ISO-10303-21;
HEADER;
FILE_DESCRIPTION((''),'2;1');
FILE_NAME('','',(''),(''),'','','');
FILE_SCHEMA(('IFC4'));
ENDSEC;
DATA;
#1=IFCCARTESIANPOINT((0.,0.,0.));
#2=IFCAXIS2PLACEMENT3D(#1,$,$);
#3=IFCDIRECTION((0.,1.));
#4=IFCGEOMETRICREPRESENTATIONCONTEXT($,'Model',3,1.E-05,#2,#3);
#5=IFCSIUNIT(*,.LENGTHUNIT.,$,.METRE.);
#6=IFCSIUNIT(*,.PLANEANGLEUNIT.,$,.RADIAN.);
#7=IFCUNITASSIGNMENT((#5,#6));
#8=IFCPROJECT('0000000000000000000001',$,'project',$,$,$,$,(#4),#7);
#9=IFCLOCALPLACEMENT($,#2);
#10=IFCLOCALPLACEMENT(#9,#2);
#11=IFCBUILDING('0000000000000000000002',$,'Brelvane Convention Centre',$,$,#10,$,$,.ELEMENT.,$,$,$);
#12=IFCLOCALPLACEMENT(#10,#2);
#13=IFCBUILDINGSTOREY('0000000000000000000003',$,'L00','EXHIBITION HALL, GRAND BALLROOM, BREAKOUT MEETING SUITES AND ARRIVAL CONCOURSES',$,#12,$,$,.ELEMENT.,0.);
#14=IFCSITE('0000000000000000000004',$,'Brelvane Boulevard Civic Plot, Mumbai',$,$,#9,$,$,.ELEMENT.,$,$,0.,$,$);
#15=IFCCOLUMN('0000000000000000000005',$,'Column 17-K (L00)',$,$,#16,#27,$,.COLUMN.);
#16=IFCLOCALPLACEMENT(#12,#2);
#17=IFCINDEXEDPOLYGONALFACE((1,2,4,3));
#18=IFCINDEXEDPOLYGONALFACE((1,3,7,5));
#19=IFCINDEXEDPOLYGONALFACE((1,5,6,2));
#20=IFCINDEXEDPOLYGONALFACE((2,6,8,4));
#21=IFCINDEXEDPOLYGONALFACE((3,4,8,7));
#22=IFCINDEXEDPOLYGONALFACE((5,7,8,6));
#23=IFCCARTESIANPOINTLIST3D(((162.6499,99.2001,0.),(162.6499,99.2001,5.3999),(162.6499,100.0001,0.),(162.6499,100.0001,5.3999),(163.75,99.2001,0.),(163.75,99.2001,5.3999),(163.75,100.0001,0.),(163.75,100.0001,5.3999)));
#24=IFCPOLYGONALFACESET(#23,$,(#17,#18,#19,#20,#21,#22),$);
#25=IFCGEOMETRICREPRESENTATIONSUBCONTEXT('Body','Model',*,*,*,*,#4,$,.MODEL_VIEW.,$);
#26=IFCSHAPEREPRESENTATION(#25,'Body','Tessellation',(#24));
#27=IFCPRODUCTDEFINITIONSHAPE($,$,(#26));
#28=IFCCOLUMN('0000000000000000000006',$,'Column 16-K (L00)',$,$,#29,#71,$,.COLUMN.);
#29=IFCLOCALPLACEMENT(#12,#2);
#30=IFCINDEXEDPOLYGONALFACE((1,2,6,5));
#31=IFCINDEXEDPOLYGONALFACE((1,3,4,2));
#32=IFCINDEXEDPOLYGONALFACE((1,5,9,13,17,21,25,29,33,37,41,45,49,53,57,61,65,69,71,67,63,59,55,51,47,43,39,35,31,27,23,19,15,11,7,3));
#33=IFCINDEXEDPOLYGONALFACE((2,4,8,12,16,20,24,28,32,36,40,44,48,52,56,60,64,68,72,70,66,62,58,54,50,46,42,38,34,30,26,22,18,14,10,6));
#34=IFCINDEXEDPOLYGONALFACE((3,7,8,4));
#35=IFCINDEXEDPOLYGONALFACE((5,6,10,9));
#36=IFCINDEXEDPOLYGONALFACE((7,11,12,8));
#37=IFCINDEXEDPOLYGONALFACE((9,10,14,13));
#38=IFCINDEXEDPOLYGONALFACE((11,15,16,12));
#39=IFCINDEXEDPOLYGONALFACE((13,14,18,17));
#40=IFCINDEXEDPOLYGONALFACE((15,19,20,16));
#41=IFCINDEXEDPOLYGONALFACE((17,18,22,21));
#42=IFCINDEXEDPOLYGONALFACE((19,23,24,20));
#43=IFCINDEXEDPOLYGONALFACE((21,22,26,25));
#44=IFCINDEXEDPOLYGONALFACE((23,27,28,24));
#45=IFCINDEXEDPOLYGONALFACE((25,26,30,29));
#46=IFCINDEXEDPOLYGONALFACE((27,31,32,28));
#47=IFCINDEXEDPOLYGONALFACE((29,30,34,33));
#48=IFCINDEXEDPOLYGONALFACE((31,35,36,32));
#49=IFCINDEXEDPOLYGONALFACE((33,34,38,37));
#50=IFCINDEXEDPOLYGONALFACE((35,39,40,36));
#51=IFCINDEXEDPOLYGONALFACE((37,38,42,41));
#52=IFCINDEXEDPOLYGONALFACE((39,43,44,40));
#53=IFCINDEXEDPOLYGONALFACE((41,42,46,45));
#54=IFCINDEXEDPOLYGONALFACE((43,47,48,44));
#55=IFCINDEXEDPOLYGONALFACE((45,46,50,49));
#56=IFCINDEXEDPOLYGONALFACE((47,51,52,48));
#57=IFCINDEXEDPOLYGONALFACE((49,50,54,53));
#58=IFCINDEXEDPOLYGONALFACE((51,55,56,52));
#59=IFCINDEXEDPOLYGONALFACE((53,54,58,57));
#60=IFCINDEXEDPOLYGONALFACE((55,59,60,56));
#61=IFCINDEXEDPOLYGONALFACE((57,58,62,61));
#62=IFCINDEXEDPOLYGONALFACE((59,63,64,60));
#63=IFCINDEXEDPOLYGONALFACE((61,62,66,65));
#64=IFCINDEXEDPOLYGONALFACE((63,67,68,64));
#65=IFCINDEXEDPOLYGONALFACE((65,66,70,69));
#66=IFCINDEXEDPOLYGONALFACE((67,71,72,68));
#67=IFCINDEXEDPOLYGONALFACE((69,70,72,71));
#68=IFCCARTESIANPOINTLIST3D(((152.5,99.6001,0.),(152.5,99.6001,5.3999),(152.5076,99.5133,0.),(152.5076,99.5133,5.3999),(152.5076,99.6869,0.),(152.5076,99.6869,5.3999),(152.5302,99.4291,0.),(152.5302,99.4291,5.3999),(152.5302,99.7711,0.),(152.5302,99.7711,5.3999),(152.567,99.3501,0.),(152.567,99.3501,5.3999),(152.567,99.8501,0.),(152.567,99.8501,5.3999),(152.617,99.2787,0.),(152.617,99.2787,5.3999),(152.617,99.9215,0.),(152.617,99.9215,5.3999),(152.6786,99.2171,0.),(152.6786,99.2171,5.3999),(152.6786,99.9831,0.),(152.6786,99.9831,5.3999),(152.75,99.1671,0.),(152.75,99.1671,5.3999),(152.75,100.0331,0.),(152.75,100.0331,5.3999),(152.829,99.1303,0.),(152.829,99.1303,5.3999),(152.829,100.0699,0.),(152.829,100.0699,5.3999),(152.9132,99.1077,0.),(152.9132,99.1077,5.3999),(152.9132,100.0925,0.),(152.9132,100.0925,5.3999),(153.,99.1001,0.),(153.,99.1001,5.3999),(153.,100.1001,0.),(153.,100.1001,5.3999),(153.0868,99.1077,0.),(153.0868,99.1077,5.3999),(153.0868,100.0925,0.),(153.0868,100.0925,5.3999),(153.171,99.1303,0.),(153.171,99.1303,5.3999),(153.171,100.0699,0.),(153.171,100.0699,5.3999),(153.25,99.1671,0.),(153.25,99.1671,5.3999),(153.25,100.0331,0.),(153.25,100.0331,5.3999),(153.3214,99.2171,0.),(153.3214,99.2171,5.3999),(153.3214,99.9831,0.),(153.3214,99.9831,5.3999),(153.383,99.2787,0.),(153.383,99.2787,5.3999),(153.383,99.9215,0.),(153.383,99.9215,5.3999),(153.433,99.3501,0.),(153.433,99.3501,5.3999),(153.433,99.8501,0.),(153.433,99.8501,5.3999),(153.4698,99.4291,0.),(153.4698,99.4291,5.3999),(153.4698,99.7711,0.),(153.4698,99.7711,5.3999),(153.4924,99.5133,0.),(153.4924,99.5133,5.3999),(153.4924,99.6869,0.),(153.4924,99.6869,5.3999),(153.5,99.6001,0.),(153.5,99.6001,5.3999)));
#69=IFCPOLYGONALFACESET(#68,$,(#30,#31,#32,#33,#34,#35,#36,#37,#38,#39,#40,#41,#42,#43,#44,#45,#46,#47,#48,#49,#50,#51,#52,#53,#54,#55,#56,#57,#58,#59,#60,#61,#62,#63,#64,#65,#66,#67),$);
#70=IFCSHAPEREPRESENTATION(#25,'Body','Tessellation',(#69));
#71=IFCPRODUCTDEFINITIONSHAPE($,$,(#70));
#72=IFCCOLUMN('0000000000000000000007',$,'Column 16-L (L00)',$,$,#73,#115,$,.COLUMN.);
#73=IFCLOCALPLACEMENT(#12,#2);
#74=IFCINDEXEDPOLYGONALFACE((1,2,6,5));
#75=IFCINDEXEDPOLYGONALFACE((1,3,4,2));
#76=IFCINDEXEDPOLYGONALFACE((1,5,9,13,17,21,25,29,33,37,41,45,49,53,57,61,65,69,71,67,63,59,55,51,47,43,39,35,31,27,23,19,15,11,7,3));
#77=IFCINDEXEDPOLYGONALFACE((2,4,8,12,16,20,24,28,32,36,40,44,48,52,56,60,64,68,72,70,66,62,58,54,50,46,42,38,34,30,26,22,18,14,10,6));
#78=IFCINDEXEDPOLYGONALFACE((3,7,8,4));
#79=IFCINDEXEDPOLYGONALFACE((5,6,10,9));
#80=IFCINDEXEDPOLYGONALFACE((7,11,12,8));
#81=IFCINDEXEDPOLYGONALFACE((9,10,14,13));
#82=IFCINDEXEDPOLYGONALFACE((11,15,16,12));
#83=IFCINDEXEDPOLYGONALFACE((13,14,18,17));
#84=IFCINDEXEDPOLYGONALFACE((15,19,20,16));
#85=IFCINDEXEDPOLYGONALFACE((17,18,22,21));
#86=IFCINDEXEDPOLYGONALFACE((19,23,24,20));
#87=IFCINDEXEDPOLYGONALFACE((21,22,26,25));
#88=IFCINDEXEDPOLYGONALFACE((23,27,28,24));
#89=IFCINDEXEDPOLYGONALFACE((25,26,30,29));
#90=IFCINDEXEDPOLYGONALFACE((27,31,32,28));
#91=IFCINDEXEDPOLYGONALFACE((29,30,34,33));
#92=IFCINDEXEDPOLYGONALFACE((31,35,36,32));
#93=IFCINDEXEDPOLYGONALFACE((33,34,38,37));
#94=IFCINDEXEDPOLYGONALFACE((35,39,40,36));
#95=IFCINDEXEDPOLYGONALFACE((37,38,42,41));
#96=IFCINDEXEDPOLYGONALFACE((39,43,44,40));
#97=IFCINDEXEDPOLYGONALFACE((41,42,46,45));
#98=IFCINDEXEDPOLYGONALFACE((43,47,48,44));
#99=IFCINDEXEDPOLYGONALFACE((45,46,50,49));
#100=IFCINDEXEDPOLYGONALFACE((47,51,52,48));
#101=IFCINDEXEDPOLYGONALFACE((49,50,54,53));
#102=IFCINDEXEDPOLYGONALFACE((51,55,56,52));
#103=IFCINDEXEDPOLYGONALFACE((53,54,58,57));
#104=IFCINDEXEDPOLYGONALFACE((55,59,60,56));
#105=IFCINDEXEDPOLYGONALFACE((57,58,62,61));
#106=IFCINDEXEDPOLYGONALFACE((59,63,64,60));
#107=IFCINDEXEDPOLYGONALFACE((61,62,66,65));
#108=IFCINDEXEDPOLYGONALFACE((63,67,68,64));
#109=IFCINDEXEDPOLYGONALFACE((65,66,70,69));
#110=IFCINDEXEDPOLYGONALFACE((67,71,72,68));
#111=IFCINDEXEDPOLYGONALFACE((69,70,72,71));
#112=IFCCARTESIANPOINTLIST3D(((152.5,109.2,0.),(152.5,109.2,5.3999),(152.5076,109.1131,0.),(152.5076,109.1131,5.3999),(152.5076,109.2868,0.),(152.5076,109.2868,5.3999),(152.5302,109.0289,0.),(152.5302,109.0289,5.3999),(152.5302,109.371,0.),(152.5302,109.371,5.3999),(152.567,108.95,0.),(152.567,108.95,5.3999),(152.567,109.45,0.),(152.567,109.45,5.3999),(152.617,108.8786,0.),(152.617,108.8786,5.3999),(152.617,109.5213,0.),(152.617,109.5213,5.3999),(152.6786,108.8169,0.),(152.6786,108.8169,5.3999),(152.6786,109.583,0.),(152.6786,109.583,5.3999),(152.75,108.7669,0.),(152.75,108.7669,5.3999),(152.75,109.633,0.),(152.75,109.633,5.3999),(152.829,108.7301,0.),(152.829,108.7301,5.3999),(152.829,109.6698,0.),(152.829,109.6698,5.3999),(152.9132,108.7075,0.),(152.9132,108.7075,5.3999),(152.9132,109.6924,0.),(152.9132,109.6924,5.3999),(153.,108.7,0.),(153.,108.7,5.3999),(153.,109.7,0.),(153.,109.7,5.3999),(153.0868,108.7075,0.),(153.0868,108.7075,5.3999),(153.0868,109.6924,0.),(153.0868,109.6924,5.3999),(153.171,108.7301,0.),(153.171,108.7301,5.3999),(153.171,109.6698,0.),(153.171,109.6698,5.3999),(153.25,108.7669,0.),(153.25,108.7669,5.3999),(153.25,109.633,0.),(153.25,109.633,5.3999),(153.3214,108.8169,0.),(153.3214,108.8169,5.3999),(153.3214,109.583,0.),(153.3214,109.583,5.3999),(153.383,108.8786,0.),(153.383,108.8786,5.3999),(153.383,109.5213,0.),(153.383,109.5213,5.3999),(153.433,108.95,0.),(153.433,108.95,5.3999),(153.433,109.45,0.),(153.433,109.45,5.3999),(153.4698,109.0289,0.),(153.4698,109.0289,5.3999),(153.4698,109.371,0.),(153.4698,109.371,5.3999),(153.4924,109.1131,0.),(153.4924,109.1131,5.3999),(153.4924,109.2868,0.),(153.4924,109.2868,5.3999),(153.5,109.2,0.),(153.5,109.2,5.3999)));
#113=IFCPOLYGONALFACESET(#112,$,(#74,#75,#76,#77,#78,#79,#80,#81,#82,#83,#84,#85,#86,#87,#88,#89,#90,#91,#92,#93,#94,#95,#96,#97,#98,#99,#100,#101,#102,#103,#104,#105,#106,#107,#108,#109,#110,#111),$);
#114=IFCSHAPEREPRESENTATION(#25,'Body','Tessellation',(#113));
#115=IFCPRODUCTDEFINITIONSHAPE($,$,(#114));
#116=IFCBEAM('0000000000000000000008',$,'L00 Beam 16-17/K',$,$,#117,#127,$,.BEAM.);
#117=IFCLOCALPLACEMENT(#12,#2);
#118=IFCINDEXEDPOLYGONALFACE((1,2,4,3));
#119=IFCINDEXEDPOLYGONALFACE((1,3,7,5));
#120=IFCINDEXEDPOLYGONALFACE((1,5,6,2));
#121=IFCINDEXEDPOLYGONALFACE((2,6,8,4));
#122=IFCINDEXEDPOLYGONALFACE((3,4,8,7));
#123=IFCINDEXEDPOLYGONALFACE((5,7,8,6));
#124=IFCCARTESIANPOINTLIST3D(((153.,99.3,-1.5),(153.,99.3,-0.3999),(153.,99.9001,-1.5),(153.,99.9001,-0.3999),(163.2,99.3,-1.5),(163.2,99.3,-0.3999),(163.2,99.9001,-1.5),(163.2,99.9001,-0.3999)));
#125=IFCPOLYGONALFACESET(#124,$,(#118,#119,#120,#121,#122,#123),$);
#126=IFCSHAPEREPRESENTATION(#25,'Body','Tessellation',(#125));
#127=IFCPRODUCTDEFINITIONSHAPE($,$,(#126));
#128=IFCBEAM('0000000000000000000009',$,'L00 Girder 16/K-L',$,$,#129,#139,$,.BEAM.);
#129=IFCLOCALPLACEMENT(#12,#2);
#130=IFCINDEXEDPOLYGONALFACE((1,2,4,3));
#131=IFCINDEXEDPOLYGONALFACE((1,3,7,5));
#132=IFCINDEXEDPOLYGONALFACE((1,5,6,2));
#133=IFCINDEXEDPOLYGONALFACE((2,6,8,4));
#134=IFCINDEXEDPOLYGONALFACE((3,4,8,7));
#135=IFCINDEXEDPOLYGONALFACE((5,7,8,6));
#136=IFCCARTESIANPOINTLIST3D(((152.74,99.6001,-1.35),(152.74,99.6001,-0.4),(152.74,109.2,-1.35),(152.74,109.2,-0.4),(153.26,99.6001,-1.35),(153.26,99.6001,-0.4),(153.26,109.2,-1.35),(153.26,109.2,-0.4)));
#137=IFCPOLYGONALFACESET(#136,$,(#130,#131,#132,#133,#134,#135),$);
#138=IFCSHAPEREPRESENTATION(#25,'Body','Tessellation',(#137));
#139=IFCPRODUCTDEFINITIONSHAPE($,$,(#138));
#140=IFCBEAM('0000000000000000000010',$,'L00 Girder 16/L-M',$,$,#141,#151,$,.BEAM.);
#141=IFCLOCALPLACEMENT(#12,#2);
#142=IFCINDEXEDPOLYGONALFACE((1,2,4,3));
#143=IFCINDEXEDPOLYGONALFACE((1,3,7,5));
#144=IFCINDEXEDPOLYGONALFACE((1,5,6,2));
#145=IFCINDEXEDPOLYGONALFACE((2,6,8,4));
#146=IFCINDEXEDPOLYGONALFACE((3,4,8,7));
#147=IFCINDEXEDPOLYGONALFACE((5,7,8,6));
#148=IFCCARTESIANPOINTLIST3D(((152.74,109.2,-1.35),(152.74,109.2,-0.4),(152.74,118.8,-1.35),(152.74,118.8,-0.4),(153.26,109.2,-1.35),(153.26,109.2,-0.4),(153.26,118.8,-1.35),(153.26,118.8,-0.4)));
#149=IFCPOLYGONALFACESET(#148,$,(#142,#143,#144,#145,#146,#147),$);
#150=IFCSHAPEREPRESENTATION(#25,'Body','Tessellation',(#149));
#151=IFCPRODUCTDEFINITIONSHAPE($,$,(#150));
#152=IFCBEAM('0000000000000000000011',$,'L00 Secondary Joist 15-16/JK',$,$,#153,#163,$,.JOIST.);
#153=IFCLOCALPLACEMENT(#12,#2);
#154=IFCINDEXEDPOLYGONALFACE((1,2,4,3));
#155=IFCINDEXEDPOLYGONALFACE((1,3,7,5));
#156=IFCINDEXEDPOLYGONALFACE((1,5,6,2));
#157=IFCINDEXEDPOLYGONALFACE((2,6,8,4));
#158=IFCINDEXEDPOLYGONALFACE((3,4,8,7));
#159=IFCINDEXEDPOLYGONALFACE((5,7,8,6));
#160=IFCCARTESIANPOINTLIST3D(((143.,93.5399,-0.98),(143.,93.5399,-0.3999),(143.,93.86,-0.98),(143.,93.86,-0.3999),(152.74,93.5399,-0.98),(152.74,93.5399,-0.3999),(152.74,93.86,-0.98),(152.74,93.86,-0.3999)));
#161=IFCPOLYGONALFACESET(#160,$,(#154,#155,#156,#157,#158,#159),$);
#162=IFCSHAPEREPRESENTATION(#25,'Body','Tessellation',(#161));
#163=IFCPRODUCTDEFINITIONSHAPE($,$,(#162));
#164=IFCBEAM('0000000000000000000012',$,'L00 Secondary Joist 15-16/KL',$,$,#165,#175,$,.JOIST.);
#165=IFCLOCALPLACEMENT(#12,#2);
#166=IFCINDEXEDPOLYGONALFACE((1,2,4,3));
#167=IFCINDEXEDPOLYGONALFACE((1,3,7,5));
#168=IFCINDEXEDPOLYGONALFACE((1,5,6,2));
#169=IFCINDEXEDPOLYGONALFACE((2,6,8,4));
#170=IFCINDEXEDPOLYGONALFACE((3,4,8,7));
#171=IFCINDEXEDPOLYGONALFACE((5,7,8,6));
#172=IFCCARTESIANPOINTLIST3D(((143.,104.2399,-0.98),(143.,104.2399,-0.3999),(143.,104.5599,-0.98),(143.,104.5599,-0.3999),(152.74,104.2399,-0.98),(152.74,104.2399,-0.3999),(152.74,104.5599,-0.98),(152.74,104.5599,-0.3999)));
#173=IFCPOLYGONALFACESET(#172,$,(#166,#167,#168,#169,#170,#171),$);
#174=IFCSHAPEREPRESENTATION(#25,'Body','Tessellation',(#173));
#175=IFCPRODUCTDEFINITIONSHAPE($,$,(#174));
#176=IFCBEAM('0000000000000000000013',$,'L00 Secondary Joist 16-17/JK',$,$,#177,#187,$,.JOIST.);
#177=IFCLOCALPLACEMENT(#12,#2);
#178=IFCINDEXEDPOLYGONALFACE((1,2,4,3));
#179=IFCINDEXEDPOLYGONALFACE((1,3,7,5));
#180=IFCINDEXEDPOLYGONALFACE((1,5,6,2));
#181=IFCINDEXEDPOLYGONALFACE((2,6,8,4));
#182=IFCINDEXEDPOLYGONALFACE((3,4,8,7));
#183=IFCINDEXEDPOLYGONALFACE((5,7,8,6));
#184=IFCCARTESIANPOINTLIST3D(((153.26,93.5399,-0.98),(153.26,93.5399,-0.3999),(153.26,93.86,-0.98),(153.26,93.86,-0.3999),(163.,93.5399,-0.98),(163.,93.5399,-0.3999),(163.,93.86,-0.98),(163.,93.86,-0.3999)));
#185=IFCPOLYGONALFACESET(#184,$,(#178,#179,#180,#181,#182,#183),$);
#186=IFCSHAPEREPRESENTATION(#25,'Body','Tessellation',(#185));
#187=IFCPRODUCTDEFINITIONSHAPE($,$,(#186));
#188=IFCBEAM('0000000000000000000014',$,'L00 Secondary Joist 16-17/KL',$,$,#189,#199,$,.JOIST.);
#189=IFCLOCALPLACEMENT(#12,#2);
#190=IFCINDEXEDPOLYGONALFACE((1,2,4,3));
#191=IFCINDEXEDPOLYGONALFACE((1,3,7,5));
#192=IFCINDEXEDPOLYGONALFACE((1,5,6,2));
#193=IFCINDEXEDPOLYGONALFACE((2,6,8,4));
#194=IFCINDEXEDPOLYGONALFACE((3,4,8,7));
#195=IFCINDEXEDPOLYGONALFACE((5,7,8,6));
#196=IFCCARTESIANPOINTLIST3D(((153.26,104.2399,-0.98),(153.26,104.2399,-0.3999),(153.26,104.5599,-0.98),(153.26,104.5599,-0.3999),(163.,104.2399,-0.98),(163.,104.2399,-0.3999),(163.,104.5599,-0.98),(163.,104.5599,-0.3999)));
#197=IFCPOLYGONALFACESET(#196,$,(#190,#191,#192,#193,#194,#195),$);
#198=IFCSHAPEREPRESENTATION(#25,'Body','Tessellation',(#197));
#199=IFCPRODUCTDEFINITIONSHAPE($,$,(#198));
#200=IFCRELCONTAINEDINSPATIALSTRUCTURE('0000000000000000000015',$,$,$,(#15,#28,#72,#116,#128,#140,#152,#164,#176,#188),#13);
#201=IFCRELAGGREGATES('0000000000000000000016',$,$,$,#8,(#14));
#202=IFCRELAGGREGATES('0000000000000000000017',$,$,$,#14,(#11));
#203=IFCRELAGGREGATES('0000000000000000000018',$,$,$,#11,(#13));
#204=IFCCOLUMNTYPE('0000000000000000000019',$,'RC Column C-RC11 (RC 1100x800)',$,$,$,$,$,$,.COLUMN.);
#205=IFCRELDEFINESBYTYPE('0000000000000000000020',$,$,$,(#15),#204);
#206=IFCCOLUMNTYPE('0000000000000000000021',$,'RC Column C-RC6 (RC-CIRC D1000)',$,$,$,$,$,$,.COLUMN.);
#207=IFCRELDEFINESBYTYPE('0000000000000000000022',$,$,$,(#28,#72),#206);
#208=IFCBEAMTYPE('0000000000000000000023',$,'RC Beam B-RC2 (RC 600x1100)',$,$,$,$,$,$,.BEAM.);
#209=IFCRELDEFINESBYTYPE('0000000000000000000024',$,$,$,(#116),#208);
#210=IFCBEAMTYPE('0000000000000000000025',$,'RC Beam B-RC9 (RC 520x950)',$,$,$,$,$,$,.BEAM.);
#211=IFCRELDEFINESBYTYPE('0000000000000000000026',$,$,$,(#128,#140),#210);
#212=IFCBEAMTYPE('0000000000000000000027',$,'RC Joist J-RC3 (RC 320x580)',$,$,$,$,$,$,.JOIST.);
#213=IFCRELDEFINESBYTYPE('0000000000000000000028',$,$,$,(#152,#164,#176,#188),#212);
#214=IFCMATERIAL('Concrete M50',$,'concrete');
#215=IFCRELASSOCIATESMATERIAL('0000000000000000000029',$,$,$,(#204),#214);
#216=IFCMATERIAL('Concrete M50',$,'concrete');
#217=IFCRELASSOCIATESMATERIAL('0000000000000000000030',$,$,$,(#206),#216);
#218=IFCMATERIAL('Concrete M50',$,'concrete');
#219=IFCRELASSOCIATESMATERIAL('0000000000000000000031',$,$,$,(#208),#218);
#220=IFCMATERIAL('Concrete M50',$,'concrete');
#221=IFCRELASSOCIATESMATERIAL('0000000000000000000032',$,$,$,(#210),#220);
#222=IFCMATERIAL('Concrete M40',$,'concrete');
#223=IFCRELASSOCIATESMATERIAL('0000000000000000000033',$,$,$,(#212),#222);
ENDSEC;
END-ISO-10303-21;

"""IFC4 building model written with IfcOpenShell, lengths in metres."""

from ifc_helpers import new_model, si_unit, direction, frame, origin, origin_2d, place, context, subcontext, project, spatial, rectangle, circle, extrude, material, material_profile, profile_set, type_object, element, save


model = new_model("IFC4")

# Units and contexts
model_context = context("Model", 3, precision=1e-05, world=origin(), true_north=direction((0.0, 1.0)))
body_context = subcontext(model_context, "Body", "Model", "MODEL_VIEW")
ifc_project = project(units=[si_unit("LENGTHUNIT", "METRE"), si_unit("PLANEANGLEUNIT", "RADIAN")], contexts=[model_context])

# Site, building, storey
site_placement = place(None, origin())
site = spatial("IfcSite", under=ifc_project, at=site_placement, Name="Brelvane Boulevard Civic Plot, Mumbai", CompositionType="ELEMENT", RefElevation=0.0)
building_placement = place(site_placement, origin())
building = spatial("IfcBuilding", under=site, at=building_placement, Name="Brelvane Convention Centre", CompositionType="ELEMENT")
storey_placement = place(building_placement, origin())
storey = spatial("IfcBuildingStorey", under=building, at=storey_placement, Name="L00", Description="EXHIBITION HALL, GRAND BALLROOM, BREAKOUT MEETING SUITES AND ARRIVAL CONCOURSES", CompositionType="ELEMENT", Elevation=0.0)

# Columns
ifc_material_1 = material(Name="Concrete M50", Category="concrete")
ifc_material_profile_1 = material_profile(ifc_material_1, rectangle(XDim=1.1001, YDim=0.8, at=origin_2d()), Name="RC 1100x800")
ifc_profile_set_1 = profile_set([ifc_material_profile_1], Name="Concrete M50")
column_type_1 = type_object("IfcColumnType", Name="RC Column C-RC11 (RC 1100x800)", PredefinedType="COLUMN", material=ifc_profile_set_1)
column_placement = place(storey_placement, frame((163.2, 99.6001, 0.0), z_axis=(0.0, 0.0, 1.0), x_axis=(1.0, 0.0, 0.0)))
element("IfcColumn", 1, at=column_placement, inside=storey, type_object=column_type_1, Name="Column 17-K (L00)", PredefinedType="COLUMN", context=body_context, shape_type="SweptSolid", body=[
    extrude(rectangle(XDim=1.1001, YDim=0.8, at=origin_2d()), origin(), (0.0, 0.0, 1.0), 5.3999),
])
ifc_material_2 = material(Name="Concrete M50", Category="concrete")
ifc_material_profile_2 = material_profile(ifc_material_2, circle(Radius=0.5, at=origin_2d()), Name="RC-CIRC D1000")
ifc_profile_set_2 = profile_set([ifc_material_profile_2], Name="Concrete M50")
column_type_2 = type_object("IfcColumnType", Name="RC Column C-RC6 (RC-CIRC D1000)", PredefinedType="COLUMN", material=ifc_profile_set_2)
for number, where, z_axis, x_axis, name in (
    (2, (153.0, 99.6001, 0.0), (0.0, 0.0, 1.0), (1.0, 0.0, 0.0), "Column 16-K (L00)"),
    (3, (153.0, 109.2, 0.0), (0.0, 0.0, 1.0), (1.0, 0.0, 0.0), "Column 16-L (L00)"),
):
    element("IfcColumn", number, at=place(storey_placement, frame(where, z_axis=z_axis, x_axis=x_axis)), inside=storey, type_object=column_type_2, Name=name, PredefinedType="COLUMN", context=body_context, shape_type="SweptSolid", body=[
        extrude(circle(Radius=0.5, at=origin_2d()), origin(), (0.0, 0.0, 1.0), 5.3999),
    ])

# Beams
ifc_material_3 = material(Name="Concrete M50", Category="concrete")
ifc_material_profile_3 = material_profile(ifc_material_3, rectangle(XDim=0.6001, YDim=1.1001, at=origin_2d()), Name="RC 600x1100")
ifc_profile_set_3 = profile_set([ifc_material_profile_3], Name="Concrete M50")
beam_type_1 = type_object("IfcBeamType", Name="RC Beam B-RC2 (RC 600x1100)", PredefinedType="BEAM", material=ifc_profile_set_3)
beam_1_placement = place(storey_placement, frame((153.0, 99.6001, -0.95), z_axis=(1.0, 0.0, 0.0), x_axis=(0.0, 1.0, 0.0)))
element("IfcBeam", 4, at=beam_1_placement, inside=storey, type_object=beam_type_1, Name="L00 Beam 16-17/K", PredefinedType="BEAM", context=body_context, shape_type="SweptSolid", body=[
    extrude(rectangle(XDim=0.6001, YDim=1.1001, at=origin_2d()), origin(), (0.0, 0.0, 1.0), 10.2),
])
ifc_material_4 = material(Name="Concrete M50", Category="concrete")
ifc_material_profile_4 = material_profile(ifc_material_4, rectangle(XDim=0.52, YDim=0.95, at=origin_2d()), Name="RC 520x950")
ifc_profile_set_4 = profile_set([ifc_material_profile_4], Name="Concrete M50")
beam_type_2 = type_object("IfcBeamType", Name="RC Beam B-RC9 (RC 520x950)", PredefinedType="BEAM", material=ifc_profile_set_4)
beam_2_placement = place(storey_placement, frame((153.0, 99.6001, -0.875), z_axis=(0.0, 1.0, 0.0), x_axis=(-1.0, 0.0, 0.0)))
element("IfcBeam", 5, at=beam_2_placement, inside=storey, type_object=beam_type_2, Name="L00 Girder 16/K-L", PredefinedType="BEAM", context=body_context, shape_type="SweptSolid", body=[
    extrude(rectangle(XDim=0.52, YDim=0.95, at=origin_2d()), origin(), (0.0, 0.0, 1.0), 9.5999),
])
beam_3_placement = place(storey_placement, frame((153.0, 109.2, -0.875), z_axis=(0.0, 1.0, 0.0), x_axis=(-1.0, 0.0, 0.0)))
element("IfcBeam", 6, at=beam_3_placement, inside=storey, type_object=beam_type_2, Name="L00 Girder 16/L-M", PredefinedType="BEAM", context=body_context, shape_type="SweptSolid", body=[
    extrude(rectangle(XDim=0.52, YDim=0.95, at=origin_2d()), origin(), (0.0, 0.0, 1.0), 9.6001),
])
ifc_material_5 = material(Name="Concrete M40", Category="concrete")
ifc_material_profile_5 = material_profile(ifc_material_5, rectangle(XDim=0.3201, YDim=0.5801, at=origin_2d()), Name="RC 320x580")
ifc_profile_set_5 = profile_set([ifc_material_profile_5], Name="Concrete M40")
beam_type_3 = type_object("IfcBeamType", Name="RC Joist J-RC3 (RC 320x580)", PredefinedType="JOIST", material=ifc_profile_set_5)
for number, where, z_axis, x_axis, name in (
    (7, (143.0, 93.7, -0.6899), (1.0, 0.0, 0.0), (0.0, 1.0, 0.0), "L00 Secondary Joist 15-16/JK"),
    (8, (143.0, 104.3999, -0.6899), (1.0, 0.0, 0.0), (0.0, 1.0, 0.0), "L00 Secondary Joist 15-16/KL"),
    (9, (153.26, 93.7, -0.6899), (1.0, 0.0, 0.0), (0.0, 1.0, 0.0), "L00 Secondary Joist 16-17/JK"),
    (10, (153.26, 104.3999, -0.6899), (1.0, 0.0, 0.0), (0.0, 1.0, 0.0), "L00 Secondary Joist 16-17/KL"),
):
    element("IfcBeam", number, at=place(storey_placement, frame(where, z_axis=z_axis, x_axis=x_axis)), inside=storey, type_object=beam_type_3, Name=name, PredefinedType="JOIST", context=body_context, shape_type="SweptSolid", body=[
        extrude(rectangle(XDim=0.3201, YDim=0.5801, at=origin_2d()), origin(), (0.0, 0.0, 1.0), 9.74),
    ])

save(model, "model.ifc")
